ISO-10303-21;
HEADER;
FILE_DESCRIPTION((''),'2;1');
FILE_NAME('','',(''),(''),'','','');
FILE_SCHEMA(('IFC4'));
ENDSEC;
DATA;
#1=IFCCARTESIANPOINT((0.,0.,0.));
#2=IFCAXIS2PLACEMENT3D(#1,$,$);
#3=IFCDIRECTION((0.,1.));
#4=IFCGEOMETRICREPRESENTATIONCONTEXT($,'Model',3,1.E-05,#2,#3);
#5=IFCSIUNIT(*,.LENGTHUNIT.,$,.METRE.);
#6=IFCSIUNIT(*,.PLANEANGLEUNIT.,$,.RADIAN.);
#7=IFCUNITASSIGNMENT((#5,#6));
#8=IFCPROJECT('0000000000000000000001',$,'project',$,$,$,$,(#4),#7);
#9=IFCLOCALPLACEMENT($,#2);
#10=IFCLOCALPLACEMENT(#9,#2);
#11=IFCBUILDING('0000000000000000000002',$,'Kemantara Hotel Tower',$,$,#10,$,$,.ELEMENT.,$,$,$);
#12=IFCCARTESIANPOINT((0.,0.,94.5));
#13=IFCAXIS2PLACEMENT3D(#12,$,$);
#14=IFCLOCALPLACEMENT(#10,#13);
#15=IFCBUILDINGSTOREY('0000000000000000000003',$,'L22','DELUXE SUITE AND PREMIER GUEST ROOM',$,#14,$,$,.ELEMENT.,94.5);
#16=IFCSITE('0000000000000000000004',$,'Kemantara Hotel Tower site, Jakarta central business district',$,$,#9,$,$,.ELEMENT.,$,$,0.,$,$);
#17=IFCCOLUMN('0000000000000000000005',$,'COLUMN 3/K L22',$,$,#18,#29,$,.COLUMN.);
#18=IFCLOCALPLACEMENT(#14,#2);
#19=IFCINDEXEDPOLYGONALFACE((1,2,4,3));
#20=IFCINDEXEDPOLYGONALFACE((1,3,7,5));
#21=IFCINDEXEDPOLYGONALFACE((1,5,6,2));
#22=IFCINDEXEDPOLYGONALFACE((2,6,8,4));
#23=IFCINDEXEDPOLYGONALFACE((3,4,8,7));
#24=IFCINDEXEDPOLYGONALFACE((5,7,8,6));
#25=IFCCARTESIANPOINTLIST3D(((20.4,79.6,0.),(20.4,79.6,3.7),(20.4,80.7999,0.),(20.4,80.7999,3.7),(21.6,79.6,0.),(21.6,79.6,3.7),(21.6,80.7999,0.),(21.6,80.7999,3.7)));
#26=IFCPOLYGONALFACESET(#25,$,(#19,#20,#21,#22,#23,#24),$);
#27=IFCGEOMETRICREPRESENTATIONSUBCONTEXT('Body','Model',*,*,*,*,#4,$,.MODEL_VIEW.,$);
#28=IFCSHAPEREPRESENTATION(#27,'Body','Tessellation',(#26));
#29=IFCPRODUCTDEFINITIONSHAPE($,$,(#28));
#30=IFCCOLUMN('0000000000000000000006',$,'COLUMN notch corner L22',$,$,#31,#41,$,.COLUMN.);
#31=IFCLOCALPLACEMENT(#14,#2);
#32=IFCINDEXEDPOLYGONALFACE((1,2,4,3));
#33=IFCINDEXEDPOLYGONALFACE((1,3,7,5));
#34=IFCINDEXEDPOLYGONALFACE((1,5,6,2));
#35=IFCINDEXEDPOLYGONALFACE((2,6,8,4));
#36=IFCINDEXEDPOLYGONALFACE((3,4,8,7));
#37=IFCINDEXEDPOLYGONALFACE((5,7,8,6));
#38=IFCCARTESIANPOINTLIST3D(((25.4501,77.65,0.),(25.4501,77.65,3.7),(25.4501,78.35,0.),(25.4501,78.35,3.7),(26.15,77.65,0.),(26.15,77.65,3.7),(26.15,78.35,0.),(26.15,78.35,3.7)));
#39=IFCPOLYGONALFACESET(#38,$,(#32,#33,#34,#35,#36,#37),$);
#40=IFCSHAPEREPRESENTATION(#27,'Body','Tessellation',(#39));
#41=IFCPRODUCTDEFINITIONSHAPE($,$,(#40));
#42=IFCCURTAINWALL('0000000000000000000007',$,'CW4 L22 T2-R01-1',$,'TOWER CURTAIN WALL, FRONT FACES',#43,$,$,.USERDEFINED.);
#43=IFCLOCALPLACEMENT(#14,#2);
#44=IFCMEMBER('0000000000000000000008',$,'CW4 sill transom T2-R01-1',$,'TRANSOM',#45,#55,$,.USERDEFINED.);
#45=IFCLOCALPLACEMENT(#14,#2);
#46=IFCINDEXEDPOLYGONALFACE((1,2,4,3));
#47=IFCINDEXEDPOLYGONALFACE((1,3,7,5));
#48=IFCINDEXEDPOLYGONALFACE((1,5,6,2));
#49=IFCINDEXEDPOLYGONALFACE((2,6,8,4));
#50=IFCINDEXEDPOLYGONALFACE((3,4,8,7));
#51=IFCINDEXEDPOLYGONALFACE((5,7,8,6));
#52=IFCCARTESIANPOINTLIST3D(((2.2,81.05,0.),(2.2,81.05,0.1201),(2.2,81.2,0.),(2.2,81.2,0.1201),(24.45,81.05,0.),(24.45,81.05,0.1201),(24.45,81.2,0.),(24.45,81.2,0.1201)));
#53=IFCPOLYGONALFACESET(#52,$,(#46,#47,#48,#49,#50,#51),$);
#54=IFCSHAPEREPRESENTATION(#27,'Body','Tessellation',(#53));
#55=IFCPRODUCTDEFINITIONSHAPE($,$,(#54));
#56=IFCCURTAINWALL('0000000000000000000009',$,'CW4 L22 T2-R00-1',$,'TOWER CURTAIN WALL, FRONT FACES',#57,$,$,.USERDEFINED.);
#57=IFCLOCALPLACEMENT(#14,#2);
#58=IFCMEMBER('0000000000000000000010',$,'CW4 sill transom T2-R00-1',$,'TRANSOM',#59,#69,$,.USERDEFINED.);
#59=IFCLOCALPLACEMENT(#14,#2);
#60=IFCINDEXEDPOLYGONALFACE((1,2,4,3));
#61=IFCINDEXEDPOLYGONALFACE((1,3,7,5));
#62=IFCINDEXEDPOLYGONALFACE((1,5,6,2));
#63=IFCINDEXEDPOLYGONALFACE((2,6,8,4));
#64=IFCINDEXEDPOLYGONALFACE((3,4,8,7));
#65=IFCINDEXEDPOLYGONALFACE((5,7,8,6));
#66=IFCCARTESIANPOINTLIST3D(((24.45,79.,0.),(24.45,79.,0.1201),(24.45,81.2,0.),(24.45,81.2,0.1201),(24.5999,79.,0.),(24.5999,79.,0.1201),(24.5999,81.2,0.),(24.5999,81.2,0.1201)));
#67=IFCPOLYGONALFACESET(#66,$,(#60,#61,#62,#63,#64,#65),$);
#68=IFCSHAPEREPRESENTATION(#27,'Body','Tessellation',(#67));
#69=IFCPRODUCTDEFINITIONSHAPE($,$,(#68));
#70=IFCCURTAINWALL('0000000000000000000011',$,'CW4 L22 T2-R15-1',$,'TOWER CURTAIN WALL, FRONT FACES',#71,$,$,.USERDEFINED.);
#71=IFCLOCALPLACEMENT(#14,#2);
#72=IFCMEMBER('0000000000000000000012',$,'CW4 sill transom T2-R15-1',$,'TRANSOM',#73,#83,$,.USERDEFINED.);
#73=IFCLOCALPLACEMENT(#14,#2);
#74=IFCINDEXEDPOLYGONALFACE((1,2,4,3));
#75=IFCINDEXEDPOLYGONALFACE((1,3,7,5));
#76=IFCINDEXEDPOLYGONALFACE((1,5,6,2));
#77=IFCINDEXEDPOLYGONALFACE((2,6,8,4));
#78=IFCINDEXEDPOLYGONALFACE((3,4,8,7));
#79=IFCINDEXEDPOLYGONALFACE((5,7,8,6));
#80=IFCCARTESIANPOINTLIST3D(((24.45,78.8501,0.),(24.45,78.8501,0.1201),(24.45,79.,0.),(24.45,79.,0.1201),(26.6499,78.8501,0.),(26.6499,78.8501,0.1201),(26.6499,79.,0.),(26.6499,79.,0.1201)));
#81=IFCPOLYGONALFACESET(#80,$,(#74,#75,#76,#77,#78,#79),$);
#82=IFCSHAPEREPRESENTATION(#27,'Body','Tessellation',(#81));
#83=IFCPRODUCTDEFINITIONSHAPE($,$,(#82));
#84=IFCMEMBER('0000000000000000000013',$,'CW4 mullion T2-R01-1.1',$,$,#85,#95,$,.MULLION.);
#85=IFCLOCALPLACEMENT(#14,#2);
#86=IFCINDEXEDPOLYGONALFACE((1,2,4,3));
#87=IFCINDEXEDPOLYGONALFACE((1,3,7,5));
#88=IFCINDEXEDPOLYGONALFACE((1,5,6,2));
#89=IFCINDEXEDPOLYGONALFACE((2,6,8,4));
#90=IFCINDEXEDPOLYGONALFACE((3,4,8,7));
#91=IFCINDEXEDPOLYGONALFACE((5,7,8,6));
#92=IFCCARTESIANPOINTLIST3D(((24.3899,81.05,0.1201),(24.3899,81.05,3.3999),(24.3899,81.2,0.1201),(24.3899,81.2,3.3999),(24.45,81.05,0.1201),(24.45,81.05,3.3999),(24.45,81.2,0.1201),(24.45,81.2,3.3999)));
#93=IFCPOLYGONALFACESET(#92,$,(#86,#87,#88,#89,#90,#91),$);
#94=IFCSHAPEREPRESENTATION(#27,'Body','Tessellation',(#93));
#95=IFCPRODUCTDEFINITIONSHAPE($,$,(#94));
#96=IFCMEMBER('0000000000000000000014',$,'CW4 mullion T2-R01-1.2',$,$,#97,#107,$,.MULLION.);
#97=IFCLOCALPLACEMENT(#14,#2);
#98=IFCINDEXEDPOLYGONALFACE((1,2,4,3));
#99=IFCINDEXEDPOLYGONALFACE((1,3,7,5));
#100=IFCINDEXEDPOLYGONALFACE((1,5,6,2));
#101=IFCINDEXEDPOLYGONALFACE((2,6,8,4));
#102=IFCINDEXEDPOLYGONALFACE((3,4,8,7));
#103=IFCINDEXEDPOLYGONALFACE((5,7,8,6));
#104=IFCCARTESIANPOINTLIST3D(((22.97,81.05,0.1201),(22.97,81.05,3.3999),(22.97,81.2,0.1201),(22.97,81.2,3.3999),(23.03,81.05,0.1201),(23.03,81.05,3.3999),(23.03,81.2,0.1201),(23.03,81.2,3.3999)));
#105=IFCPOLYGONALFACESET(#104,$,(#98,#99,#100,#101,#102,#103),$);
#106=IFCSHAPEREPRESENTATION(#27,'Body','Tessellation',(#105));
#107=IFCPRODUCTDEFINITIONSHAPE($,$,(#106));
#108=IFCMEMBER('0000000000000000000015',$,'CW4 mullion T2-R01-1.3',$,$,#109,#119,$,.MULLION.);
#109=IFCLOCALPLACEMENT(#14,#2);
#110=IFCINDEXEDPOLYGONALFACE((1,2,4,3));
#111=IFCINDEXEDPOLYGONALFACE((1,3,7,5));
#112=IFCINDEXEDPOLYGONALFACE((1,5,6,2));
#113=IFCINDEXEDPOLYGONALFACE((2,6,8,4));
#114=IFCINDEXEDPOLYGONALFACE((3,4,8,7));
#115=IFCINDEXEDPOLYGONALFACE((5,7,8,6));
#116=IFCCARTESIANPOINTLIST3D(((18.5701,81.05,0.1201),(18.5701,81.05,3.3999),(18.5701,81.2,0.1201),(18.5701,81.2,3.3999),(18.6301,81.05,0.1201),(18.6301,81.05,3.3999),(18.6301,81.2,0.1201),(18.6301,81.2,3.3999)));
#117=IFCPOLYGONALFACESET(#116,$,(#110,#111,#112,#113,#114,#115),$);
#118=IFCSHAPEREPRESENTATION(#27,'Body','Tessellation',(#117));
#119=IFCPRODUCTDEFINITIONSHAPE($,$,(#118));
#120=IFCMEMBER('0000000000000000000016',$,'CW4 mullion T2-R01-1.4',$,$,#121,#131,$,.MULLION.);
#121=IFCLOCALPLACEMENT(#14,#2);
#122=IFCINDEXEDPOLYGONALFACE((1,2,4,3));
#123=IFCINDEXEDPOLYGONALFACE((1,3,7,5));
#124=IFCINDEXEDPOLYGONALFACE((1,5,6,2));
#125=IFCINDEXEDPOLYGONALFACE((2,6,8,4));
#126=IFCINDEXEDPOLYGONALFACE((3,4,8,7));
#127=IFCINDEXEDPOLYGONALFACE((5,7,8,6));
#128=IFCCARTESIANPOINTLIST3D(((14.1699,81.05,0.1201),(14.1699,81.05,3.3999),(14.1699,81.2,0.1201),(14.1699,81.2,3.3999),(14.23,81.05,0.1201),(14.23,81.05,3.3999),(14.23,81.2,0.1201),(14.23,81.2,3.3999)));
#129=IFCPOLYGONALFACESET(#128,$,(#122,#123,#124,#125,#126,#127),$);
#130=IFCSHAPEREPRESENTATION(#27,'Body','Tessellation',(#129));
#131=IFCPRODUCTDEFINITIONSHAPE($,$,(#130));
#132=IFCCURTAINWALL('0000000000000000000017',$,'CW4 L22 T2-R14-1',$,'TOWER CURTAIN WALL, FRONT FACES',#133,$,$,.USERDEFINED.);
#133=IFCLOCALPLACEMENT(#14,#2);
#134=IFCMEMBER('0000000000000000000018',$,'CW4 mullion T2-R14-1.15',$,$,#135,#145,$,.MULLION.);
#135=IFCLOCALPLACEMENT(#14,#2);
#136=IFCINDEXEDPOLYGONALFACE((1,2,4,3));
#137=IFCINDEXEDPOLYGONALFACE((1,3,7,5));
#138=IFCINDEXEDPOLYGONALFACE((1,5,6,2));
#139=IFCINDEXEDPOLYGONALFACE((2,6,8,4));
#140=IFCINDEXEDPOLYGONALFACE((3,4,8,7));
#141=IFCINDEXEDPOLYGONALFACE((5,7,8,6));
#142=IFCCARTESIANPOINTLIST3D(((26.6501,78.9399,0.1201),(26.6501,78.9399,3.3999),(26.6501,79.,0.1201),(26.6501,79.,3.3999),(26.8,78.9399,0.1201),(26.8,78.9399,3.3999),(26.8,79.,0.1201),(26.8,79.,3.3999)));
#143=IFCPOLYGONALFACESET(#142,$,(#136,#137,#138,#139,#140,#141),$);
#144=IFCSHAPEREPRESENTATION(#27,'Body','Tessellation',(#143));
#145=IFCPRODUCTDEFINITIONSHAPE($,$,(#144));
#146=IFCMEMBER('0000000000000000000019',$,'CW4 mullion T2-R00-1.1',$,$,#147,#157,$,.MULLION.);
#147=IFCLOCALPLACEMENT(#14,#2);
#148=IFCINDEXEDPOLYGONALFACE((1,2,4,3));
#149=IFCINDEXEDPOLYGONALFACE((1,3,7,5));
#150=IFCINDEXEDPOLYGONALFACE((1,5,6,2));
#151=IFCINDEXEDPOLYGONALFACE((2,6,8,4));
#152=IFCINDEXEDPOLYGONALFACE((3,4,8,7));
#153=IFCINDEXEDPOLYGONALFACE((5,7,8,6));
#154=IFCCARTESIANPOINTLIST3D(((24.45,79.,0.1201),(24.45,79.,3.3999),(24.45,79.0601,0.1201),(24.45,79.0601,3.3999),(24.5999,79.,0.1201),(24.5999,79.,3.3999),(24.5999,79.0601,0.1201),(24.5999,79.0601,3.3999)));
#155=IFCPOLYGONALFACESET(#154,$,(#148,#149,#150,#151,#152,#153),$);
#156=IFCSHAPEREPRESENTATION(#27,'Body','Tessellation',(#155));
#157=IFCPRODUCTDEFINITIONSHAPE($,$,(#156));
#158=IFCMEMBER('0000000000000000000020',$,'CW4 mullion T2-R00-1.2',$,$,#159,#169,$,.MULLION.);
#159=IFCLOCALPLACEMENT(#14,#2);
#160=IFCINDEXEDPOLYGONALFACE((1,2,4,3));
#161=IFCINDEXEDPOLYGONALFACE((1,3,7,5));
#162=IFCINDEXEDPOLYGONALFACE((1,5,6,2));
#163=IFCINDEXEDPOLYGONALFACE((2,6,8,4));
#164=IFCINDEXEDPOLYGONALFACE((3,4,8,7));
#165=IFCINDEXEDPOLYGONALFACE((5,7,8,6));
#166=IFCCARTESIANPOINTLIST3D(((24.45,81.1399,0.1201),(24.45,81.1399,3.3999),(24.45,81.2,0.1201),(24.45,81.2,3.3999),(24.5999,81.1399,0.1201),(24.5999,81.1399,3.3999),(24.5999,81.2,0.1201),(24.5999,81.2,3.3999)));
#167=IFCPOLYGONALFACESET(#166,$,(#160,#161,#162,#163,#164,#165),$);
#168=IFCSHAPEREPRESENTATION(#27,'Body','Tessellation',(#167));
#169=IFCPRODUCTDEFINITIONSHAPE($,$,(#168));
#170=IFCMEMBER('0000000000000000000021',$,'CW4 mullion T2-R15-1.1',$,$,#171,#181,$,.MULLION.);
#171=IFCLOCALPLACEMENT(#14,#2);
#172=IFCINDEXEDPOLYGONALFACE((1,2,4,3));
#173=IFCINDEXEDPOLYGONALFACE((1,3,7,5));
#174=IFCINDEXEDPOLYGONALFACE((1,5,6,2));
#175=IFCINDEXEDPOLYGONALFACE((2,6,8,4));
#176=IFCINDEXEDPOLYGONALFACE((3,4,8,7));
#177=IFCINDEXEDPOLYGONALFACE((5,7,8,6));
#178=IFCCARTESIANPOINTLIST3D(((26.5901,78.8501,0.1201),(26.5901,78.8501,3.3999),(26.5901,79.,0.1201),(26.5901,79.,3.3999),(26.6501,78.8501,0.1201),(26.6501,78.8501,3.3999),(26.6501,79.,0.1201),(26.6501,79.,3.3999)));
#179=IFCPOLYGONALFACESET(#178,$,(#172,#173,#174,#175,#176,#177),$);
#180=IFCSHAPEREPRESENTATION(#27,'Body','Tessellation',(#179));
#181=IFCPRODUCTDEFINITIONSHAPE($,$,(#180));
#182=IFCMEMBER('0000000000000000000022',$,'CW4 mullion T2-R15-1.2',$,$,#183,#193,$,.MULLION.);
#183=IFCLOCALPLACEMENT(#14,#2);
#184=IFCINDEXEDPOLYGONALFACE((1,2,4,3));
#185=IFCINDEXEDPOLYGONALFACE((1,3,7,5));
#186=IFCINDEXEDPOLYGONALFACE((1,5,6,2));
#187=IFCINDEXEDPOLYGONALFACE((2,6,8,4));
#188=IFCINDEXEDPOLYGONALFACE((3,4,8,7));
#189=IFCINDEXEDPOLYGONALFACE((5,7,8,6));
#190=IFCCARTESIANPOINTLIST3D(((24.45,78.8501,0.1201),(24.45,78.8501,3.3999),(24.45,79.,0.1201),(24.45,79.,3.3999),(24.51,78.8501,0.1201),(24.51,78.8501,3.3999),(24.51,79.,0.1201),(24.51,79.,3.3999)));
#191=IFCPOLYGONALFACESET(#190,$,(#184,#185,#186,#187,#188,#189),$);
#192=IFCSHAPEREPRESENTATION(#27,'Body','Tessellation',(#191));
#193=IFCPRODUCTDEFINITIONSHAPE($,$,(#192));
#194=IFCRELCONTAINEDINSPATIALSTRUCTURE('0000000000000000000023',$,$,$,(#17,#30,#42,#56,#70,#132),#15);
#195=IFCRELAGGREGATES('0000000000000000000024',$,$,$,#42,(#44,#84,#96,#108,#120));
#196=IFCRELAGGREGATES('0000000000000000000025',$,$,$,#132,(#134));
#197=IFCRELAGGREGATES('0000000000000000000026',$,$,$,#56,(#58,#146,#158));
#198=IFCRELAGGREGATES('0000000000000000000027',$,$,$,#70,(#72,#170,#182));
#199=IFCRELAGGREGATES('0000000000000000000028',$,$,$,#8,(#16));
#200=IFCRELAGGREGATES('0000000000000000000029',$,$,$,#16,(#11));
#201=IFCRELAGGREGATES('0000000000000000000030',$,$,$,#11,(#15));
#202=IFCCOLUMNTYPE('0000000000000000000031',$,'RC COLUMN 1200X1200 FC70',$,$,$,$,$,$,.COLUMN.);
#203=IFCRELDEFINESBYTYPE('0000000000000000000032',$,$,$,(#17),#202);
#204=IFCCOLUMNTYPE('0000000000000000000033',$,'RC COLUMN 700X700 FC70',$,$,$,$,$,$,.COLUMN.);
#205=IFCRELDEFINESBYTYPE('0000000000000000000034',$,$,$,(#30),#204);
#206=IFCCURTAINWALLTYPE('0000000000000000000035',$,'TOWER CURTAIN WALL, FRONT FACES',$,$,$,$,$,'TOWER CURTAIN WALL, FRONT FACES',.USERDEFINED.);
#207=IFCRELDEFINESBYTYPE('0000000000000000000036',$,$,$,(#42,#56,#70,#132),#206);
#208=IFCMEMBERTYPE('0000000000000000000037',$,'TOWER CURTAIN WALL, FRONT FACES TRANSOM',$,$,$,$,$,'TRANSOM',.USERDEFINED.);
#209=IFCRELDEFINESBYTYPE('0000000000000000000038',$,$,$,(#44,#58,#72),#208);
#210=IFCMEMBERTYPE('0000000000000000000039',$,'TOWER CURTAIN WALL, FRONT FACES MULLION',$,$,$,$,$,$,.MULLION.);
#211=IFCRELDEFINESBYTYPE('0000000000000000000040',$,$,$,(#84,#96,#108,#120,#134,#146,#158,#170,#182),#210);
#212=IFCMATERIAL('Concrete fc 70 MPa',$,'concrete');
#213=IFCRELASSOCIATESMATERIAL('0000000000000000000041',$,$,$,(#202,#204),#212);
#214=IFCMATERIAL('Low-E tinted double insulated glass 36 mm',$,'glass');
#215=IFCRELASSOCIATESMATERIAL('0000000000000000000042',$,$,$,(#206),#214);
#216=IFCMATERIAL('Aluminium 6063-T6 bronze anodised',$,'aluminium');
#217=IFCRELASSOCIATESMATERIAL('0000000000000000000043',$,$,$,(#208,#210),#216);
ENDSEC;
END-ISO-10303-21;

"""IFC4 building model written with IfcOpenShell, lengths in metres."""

from ifc_helpers import new_model, si_unit, direction, frame, origin, origin_2d, place, context, subcontext, project, spatial, rectangle, extrude, source, transform, mapped, material, material_profile, profile_set, type_object, element, aggregate, save


model = new_model("IFC4")

# Units and contexts
model_context = context("Model", 3, precision=1e-05, world=origin(), true_north=direction((0.0, 1.0)))
body_context = subcontext(model_context, "Body", "Model", "MODEL_VIEW")
ifc_project = project(units=[si_unit("LENGTHUNIT", "METRE"), si_unit("PLANEANGLEUNIT", "RADIAN")], contexts=[model_context])

# Site, building, storey
site_placement = place(None, origin())
site = spatial("IfcSite", under=ifc_project, at=site_placement, Name="Kemantara Hotel Tower site, Jakarta central business district", CompositionType="ELEMENT", RefElevation=0.0)
building_placement = place(site_placement, origin())
building = spatial("IfcBuilding", under=site, at=building_placement, Name="Kemantara Hotel Tower", CompositionType="ELEMENT")
storey_placement = place(building_placement, frame((0.0, 0.0, 94.5)))
storey = spatial("IfcBuildingStorey", under=building, at=storey_placement, Name="L22", Description="DELUXE SUITE AND PREMIER GUEST ROOM", CompositionType="ELEMENT", Elevation=94.5)

# Columns
ifc_material_1 = material(Name="Concrete fc 70 MPa", Category="concrete")
ifc_material_profile_1 = material_profile(ifc_material_1, rectangle(XDim=1.2, YDim=1.2, at=origin_2d()), Name="RC 1200X1200")
ifc_profile_set_1 = profile_set([ifc_material_profile_1], Name="Concrete fc 70 MPa")
column_type_1 = type_object("IfcColumnType", Name="RC COLUMN 1200X1200 FC70", PredefinedType="COLUMN", material=ifc_profile_set_1)
column_1_placement = place(storey_placement, frame((21.0, 80.2, 0.0), z_axis=(0.0, 0.0, 1.0), x_axis=(1.0, 0.0, 0.0)))
element("IfcColumn", 1, at=column_1_placement, inside=storey, type_object=column_type_1, Name="COLUMN 3/K L22", PredefinedType="COLUMN", context=body_context, shape_type="SweptSolid", body=[
    extrude(rectangle(XDim=1.2, YDim=1.2, at=origin_2d()), origin(), (0.0, 0.0, 1.0), 3.7),
])
ifc_material_profile_2 = material_profile(ifc_material_1, rectangle(XDim=0.7, YDim=0.7, at=origin_2d()), Name="RC 700X700")
ifc_profile_set_2 = profile_set([ifc_material_profile_2], Name="Concrete fc 70 MPa")
column_type_2 = type_object("IfcColumnType", Name="RC COLUMN 700X700 FC70", PredefinedType="COLUMN", material=ifc_profile_set_2)
column_2_placement = place(storey_placement, frame((25.8, 78.0, 0.0), z_axis=(0.0, 0.0, 1.0), x_axis=(1.0, 0.0, 0.0)))
element("IfcColumn", 2, at=column_2_placement, inside=storey, type_object=column_type_2, Name="COLUMN notch corner L22", PredefinedType="COLUMN", context=body_context, shape_type="SweptSolid", body=[
    extrude(rectangle(XDim=0.7, YDim=0.7, at=origin_2d()), origin(), (0.0, 0.0, 1.0), 3.7),
])

# Curtain walls, members
ifc_material_2 = material(Name="Low-E tinted double insulated glass 36 mm", Category="glass")
curtain_wall_type = type_object("IfcCurtainWallType", Name="TOWER CURTAIN WALL, FRONT FACES", ElementType="TOWER CURTAIN WALL, FRONT FACES", PredefinedType="USERDEFINED", material=ifc_material_2)
curtain_wall_1_placement = place(storey_placement, origin())
curtain_wall_1 = element("IfcCurtainWall", 3, at=curtain_wall_1_placement, inside=storey, type_object=curtain_wall_type, Name="CW4 L22 T2-R01-1", ObjectType="TOWER CURTAIN WALL, FRONT FACES", PredefinedType="USERDEFINED")
ifc_material_3 = material(Name="Aluminium 6063-T6 bronze anodised", Category="aluminium")
ifc_material_profile_3 = material_profile(ifc_material_3, rectangle(XDim=0.1499, YDim=0.1201, at=origin_2d()), Name="TOWER CURTAIN WALL, FRONT FACES TRANSOM")
ifc_profile_set_3 = profile_set([ifc_material_profile_3], Name="Aluminium 6063-T6 bronze anodised")
member_type_1 = type_object("IfcMemberType", Name="TOWER CURTAIN WALL, FRONT FACES TRANSOM", ElementType="TRANSOM", PredefinedType="USERDEFINED", material=ifc_profile_set_3)
member_1_placement = place(storey_placement, frame((24.45, 81.125, 0.0601), z_axis=(-1.0, 0.0, 0.0), x_axis=(0.0, -1.0, 0.0)))
member_1 = element("IfcMember", 4, at=member_1_placement, type_object=member_type_1, Name="CW4 sill transom T2-R01-1", ObjectType="TRANSOM", PredefinedType="USERDEFINED", context=body_context, shape_type="SweptSolid", body=[
    extrude(rectangle(XDim=0.1499, YDim=0.1201, at=origin_2d()), origin(), (0.0, 0.0, 1.0), 22.25),
])
curtain_wall_2_placement = place(storey_placement, origin())
curtain_wall_2 = element("IfcCurtainWall", 5, at=curtain_wall_2_placement, inside=storey, type_object=curtain_wall_type, Name="CW4 L22 T2-R00-1", ObjectType="TOWER CURTAIN WALL, FRONT FACES", PredefinedType="USERDEFINED")
member_2_placement = place(storey_placement, frame((24.5249, 79.0, 0.0601), z_axis=(0.0, 1.0, 0.0), x_axis=(-1.0, 0.0, 0.0)))
member_2 = element("IfcMember", 6, at=member_2_placement, type_object=member_type_1, Name="CW4 sill transom T2-R00-1", ObjectType="TRANSOM", PredefinedType="USERDEFINED", context=body_context, shape_type="SweptSolid", body=[
    extrude(rectangle(XDim=0.1499, YDim=0.1201, at=origin_2d()), origin(), (0.0, 0.0, 1.0), 2.2),
])
curtain_wall_3_placement = place(storey_placement, origin())
curtain_wall_3 = element("IfcCurtainWall", 7, at=curtain_wall_3_placement, inside=storey, type_object=curtain_wall_type, Name="CW4 L22 T2-R15-1", ObjectType="TOWER CURTAIN WALL, FRONT FACES", PredefinedType="USERDEFINED")
member_3_placement = place(storey_placement, frame((26.6499, 78.925, 0.0601), z_axis=(-1.0, 0.0, 0.0), x_axis=(0.0, -1.0, 0.0)))
member_3 = element("IfcMember", 8, at=member_3_placement, type_object=member_type_1, Name="CW4 sill transom T2-R15-1", ObjectType="TRANSOM", PredefinedType="USERDEFINED", context=body_context, shape_type="SweptSolid", body=[
    extrude(rectangle(XDim=0.1499, YDim=0.1201, at=origin_2d()), origin(), (0.0, 0.0, 1.0), 2.2),
])

# Members
ifc_material_profile_4 = material_profile(ifc_material_3, rectangle(XDim=0.1499, YDim=0.0601, at=origin_2d()), Name="TOWER CURTAIN WALL, FRONT FACES MULLION")
ifc_profile_set_4 = profile_set([ifc_material_profile_4], Name="Aluminium 6063-T6 bronze anodised")
member_type_2 = type_object("IfcMemberType", Name="TOWER CURTAIN WALL, FRONT FACES MULLION", PredefinedType="MULLION", material=ifc_profile_set_4)
shared_shape_1 = source(origin(), body_context, "Body", "SweptSolid", [
    extrude(rectangle(XDim=0.1499, YDim=0.0601, at=origin_2d()), origin(), (0.0, 0.0, 1.0), 3.2798),
])
member_4_placement = place(storey_placement, frame((24.4199, 81.125, 0.1201), z_axis=(0.0, 0.0, 1.0), x_axis=(0.0, -1.0, 0.0)))
member_4 = element("IfcMember", 9, at=member_4_placement, type_object=member_type_2, Name="CW4 mullion T2-R01-1.1", PredefinedType="MULLION", context=body_context, shape_type="MappedRepresentation", body=[
    mapped(shared_shape_1, transform((0.0, 0.0, 0.0))),
])
member_5_placement = place(storey_placement, frame((23.0, 81.125, 0.1201), z_axis=(0.0, 0.0, 1.0), x_axis=(0.0, -1.0, 0.0)))
member_5 = element("IfcMember", 10, at=member_5_placement, type_object=member_type_2, Name="CW4 mullion T2-R01-1.2", PredefinedType="MULLION", context=body_context, shape_type="MappedRepresentation", body=[
    mapped(shared_shape_1, transform((0.0, 0.0, 0.0))),
])
member_6_placement = place(storey_placement, frame((18.6001, 81.125, 0.1201), z_axis=(0.0, 0.0, 1.0), x_axis=(0.0, -1.0, 0.0)))
member_6 = element("IfcMember", 11, at=member_6_placement, type_object=member_type_2, Name="CW4 mullion T2-R01-1.3", PredefinedType="MULLION", context=body_context, shape_type="MappedRepresentation", body=[
    mapped(shared_shape_1, transform((0.0, 0.0, 0.0))),
])
member_7_placement = place(storey_placement, frame((14.2, 81.125, 0.1201), z_axis=(0.0, 0.0, 1.0), x_axis=(0.0, -1.0, 0.0)))
member_7 = element("IfcMember", 12, at=member_7_placement, type_object=member_type_2, Name="CW4 mullion T2-R01-1.4", PredefinedType="MULLION", context=body_context, shape_type="MappedRepresentation", body=[
    mapped(shared_shape_1, transform((0.0, 0.0, 0.0))),
])

# Curtain wall, member
curtain_wall_4_placement = place(storey_placement, origin())
curtain_wall_4 = element("IfcCurtainWall", 13, at=curtain_wall_4_placement, inside=storey, type_object=curtain_wall_type, Name="CW4 L22 T2-R14-1", ObjectType="TOWER CURTAIN WALL, FRONT FACES", PredefinedType="USERDEFINED")
member_8_placement = place(storey_placement, frame((26.7251, 78.97, 0.1201), z_axis=(0.0, 0.0, 1.0), x_axis=(-1.0, 0.0, 0.0)))
member_8 = element("IfcMember", 14, at=member_8_placement, type_object=member_type_2, Name="CW4 mullion T2-R14-1.15", PredefinedType="MULLION", context=body_context, shape_type="MappedRepresentation", body=[
    mapped(shared_shape_1, transform((0.0, 0.0, 0.0))),
])

# Members
member_9_placement = place(storey_placement, frame((24.5249, 79.03, 0.1201), z_axis=(0.0, 0.0, 1.0), x_axis=(-1.0, 0.0, 0.0)))
member_9 = element("IfcMember", 15, at=member_9_placement, type_object=member_type_2, Name="CW4 mullion T2-R00-1.1", PredefinedType="MULLION", context=body_context, shape_type="MappedRepresentation", body=[
    mapped(shared_shape_1, transform((0.0, 0.0, 0.0))),
])
member_10_placement = place(storey_placement, frame((24.5249, 81.1699, 0.1201), z_axis=(0.0, 0.0, 1.0), x_axis=(-1.0, 0.0, 0.0)))
member_10 = element("IfcMember", 16, at=member_10_placement, type_object=member_type_2, Name="CW4 mullion T2-R00-1.2", PredefinedType="MULLION", context=body_context, shape_type="MappedRepresentation", body=[
    mapped(shared_shape_1, transform((0.0, 0.0, 0.0))),
])
member_11_placement = place(storey_placement, frame((26.6201, 78.925, 0.1201), z_axis=(0.0, 0.0, 1.0), x_axis=(0.0, -1.0, 0.0)))
member_11 = element("IfcMember", 17, at=member_11_placement, type_object=member_type_2, Name="CW4 mullion T2-R15-1.1", PredefinedType="MULLION", context=body_context, shape_type="MappedRepresentation", body=[
    mapped(shared_shape_1, transform((0.0, 0.0, 0.0))),
])
member_12_placement = place(storey_placement, frame((24.48, 78.925, 0.1201), z_axis=(0.0, 0.0, 1.0), x_axis=(0.0, -1.0, 0.0)))
member_12 = element("IfcMember", 18, at=member_12_placement, type_object=member_type_2, Name="CW4 mullion T2-R15-1.2", PredefinedType="MULLION", context=body_context, shape_type="MappedRepresentation", body=[
    mapped(shared_shape_1, transform((0.0, 0.0, 0.0))),
])

aggregate(curtain_wall_1, [member_1, member_4, member_5, member_6, member_7])
aggregate(curtain_wall_4, [member_8])
aggregate(curtain_wall_2, [member_2, member_9, member_10])
aggregate(curtain_wall_3, [member_3, member_11, member_12])

save(model, "model.ifc")
